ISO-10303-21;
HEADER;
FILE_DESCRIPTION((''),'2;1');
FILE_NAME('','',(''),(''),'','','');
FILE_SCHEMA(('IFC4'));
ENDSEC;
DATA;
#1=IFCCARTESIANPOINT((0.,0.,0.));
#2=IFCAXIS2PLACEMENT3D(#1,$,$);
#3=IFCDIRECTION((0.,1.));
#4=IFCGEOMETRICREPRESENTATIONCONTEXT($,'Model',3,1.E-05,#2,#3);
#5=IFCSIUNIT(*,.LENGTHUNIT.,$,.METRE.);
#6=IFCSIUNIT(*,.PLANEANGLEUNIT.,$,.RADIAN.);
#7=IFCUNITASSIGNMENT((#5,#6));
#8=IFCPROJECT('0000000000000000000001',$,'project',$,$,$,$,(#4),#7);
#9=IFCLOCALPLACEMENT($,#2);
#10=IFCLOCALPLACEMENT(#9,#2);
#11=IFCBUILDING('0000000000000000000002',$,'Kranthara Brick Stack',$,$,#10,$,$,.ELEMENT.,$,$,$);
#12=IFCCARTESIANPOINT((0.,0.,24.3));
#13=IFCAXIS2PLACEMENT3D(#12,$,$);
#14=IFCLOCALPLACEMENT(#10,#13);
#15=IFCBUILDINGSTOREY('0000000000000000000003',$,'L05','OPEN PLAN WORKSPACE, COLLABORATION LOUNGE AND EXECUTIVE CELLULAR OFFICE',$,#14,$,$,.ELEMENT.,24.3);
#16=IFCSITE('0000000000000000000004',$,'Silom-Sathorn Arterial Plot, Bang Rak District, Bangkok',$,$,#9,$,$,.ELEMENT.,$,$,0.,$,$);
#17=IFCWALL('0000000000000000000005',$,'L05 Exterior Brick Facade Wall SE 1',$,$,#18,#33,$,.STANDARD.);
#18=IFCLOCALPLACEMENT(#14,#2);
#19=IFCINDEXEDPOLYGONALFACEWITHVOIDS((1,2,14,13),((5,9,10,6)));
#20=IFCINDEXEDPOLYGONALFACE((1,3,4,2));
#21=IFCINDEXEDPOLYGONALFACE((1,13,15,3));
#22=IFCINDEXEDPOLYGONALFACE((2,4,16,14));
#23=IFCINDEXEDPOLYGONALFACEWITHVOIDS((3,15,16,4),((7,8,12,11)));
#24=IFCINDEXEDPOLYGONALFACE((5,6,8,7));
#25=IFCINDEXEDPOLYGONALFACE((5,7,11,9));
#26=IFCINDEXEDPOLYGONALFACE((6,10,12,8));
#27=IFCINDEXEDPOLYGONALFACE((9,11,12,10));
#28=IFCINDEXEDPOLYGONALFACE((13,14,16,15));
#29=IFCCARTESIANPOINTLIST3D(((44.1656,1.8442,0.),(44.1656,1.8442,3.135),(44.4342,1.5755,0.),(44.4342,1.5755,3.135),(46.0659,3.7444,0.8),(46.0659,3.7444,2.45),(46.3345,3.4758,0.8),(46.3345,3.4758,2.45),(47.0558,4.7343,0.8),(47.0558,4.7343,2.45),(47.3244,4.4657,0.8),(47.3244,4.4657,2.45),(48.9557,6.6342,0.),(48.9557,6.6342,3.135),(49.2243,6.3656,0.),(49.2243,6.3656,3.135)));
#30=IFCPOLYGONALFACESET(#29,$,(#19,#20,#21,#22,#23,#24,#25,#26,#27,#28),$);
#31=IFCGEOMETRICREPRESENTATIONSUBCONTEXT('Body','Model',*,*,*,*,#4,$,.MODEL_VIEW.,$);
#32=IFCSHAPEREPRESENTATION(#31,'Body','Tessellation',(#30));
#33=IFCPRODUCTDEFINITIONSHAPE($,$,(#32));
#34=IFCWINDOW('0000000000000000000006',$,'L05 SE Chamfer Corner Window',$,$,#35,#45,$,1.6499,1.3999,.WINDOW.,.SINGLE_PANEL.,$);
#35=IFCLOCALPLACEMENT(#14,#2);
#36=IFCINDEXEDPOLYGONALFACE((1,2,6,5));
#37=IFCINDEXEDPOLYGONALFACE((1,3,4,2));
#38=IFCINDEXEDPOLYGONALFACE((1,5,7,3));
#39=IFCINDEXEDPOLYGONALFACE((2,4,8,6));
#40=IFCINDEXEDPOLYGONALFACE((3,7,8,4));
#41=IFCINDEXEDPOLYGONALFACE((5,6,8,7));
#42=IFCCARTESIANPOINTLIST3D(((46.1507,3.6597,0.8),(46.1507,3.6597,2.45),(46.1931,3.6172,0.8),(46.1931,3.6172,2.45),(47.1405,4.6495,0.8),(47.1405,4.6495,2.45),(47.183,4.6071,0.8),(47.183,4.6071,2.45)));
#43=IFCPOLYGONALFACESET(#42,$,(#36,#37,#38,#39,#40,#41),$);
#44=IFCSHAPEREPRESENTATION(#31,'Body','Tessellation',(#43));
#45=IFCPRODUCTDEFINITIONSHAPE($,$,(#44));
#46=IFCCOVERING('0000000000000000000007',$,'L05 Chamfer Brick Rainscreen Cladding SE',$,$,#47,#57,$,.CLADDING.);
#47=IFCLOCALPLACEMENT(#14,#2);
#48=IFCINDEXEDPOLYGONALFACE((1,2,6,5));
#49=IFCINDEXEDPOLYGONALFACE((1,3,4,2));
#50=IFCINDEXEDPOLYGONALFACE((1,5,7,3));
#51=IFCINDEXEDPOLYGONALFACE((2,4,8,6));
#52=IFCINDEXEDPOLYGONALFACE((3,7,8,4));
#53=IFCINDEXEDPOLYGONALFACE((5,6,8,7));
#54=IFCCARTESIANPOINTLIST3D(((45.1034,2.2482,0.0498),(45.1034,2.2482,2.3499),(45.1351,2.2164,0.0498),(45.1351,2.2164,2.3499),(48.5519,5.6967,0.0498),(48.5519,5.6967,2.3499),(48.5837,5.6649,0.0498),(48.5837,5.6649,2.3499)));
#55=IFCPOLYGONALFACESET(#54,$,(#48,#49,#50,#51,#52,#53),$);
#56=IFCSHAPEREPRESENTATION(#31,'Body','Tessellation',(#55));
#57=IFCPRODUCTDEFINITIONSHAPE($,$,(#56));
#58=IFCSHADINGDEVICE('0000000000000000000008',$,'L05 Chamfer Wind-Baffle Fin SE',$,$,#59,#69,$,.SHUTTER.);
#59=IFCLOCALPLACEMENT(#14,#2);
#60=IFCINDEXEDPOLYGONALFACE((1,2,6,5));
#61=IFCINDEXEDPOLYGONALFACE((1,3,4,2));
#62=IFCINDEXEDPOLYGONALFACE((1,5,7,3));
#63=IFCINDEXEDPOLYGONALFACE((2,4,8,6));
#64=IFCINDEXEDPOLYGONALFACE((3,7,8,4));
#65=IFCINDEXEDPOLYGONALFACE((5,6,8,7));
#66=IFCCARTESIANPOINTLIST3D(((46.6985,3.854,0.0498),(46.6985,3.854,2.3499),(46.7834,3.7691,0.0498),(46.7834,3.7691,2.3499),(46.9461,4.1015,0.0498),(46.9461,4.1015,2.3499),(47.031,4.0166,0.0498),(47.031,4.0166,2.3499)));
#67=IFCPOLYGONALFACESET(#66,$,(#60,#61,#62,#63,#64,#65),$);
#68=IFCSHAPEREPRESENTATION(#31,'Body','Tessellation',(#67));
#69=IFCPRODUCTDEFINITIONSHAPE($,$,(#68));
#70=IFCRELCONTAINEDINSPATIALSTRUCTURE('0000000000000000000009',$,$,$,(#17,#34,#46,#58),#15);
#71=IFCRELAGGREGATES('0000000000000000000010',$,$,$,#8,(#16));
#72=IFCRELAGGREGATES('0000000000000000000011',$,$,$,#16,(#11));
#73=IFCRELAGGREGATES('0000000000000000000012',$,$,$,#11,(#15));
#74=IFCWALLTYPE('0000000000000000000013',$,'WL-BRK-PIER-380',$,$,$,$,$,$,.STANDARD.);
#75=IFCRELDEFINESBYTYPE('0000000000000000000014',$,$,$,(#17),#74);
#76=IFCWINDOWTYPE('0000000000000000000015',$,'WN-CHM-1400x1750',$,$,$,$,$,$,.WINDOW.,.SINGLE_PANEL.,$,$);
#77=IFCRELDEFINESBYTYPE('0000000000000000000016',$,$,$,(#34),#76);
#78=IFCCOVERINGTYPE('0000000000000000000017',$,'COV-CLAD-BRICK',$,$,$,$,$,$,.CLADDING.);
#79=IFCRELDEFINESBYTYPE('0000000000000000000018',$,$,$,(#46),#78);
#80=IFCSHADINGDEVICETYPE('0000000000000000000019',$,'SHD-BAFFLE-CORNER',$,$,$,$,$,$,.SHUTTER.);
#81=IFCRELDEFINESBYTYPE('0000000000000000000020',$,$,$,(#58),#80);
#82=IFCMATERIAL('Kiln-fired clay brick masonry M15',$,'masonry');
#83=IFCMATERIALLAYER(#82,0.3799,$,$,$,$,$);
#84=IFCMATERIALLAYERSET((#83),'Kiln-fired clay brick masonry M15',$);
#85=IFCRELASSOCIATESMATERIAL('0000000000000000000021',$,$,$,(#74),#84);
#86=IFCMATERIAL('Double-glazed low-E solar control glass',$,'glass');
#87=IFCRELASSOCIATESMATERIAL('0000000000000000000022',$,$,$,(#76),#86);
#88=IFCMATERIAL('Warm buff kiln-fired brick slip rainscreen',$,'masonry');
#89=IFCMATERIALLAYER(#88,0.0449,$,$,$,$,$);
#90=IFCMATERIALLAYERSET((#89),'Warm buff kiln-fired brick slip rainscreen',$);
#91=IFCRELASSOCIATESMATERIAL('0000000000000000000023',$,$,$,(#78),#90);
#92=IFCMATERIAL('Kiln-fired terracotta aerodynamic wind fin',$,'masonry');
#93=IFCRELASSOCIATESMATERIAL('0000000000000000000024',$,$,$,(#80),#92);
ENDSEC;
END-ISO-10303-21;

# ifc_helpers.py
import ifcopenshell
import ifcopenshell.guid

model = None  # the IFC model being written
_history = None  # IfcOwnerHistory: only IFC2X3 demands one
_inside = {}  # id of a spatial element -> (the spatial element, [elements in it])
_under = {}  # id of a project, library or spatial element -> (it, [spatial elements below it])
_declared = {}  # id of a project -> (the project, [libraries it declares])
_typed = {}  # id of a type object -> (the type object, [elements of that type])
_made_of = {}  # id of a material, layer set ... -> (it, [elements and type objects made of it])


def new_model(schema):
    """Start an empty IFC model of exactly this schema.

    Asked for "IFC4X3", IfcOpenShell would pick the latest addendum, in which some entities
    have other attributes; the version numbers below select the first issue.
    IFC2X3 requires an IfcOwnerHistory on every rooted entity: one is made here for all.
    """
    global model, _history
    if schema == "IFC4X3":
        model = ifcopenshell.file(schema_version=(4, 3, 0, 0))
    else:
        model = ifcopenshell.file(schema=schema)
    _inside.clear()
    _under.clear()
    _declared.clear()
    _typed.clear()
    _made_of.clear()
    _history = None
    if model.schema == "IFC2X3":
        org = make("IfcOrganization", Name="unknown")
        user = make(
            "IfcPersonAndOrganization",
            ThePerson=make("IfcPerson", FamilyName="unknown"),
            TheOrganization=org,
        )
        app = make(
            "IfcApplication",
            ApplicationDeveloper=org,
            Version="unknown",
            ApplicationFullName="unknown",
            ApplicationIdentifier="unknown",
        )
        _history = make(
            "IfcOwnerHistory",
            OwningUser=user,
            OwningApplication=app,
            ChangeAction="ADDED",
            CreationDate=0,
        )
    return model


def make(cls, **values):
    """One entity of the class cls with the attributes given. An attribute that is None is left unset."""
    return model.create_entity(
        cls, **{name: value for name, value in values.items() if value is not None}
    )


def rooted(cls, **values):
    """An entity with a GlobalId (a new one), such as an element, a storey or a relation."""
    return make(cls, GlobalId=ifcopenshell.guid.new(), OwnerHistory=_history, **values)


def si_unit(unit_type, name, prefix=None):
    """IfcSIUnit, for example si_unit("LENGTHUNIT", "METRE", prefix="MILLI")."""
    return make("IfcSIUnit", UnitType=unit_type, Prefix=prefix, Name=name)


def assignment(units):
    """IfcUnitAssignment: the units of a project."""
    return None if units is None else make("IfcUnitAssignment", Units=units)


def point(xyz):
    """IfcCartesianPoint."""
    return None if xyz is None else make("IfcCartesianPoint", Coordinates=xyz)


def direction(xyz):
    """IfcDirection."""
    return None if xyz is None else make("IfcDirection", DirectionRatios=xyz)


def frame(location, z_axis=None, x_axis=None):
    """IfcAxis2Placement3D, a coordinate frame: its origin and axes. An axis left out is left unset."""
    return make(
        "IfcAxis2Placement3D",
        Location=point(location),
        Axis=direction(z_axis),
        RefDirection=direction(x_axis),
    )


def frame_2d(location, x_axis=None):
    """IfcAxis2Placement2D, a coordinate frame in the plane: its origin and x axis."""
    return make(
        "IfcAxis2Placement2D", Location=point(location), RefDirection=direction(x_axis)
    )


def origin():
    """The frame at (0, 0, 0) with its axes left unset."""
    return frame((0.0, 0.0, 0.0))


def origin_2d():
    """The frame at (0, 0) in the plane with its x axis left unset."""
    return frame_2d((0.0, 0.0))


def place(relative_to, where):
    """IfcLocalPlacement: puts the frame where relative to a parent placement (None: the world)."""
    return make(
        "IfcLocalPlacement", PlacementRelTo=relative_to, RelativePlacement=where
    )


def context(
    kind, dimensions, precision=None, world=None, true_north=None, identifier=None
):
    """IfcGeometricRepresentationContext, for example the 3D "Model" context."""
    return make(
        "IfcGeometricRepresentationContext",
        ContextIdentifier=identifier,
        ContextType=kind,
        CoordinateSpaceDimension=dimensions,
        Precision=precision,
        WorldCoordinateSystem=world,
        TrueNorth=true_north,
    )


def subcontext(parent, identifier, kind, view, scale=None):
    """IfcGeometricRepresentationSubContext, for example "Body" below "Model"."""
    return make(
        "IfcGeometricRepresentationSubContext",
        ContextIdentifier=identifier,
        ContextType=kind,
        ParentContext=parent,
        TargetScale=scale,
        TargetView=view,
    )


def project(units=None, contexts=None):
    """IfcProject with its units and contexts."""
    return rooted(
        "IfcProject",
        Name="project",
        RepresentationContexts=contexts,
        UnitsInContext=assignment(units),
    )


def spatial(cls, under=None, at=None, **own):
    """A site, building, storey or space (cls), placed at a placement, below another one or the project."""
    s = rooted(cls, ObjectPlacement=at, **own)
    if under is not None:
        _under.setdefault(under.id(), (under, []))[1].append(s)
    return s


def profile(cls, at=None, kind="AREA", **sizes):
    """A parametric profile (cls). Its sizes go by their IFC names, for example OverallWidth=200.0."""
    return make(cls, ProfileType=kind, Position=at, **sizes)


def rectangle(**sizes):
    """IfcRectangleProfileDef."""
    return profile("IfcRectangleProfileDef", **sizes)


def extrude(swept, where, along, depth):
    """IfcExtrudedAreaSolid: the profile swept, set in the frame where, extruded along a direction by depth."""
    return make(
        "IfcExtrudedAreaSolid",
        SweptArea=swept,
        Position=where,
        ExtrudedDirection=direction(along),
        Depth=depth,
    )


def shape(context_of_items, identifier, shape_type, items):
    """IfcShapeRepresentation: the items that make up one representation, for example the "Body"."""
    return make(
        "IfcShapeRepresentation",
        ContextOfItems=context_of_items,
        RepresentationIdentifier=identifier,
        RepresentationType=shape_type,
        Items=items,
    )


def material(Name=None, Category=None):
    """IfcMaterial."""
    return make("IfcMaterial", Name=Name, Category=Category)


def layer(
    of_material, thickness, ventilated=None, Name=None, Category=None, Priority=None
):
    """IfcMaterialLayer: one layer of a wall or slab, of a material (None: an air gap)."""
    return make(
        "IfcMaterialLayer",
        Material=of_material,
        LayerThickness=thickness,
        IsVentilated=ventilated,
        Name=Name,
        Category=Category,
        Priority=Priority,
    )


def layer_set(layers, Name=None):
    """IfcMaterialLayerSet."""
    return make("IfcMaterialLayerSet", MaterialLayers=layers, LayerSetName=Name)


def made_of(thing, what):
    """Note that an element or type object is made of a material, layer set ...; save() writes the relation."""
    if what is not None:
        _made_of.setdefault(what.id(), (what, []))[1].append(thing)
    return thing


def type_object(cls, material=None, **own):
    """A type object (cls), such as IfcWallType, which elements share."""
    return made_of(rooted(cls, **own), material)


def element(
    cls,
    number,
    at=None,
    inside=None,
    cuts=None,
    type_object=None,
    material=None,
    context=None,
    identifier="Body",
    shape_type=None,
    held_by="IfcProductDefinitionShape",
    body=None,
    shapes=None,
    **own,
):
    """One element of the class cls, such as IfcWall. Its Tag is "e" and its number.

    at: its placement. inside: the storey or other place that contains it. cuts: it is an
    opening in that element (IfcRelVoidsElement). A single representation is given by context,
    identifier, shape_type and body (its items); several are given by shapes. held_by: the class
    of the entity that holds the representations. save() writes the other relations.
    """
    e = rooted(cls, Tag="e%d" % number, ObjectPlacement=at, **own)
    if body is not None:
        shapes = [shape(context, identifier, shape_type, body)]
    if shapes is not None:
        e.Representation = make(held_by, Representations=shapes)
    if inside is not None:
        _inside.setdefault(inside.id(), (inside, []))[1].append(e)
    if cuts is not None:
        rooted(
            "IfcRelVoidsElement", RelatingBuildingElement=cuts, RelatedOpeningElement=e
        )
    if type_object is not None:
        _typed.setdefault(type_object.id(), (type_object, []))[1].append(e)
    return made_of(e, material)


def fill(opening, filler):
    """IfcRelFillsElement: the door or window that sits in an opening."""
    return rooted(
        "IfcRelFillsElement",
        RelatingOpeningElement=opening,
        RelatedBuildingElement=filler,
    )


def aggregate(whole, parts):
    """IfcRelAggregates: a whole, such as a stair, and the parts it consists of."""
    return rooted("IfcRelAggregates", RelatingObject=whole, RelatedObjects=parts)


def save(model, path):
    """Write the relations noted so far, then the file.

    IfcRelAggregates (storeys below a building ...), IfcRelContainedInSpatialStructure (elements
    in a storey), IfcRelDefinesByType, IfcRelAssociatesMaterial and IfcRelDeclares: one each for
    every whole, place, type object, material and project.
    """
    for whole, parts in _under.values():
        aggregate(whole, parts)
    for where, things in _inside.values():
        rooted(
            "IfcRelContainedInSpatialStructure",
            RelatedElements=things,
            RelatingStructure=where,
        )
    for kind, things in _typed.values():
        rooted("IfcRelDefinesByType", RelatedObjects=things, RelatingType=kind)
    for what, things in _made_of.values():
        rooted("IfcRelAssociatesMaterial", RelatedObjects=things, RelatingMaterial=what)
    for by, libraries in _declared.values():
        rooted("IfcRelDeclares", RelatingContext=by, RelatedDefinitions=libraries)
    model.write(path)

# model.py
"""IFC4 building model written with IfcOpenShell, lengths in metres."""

from ifc_helpers import new_model, si_unit, direction, frame, frame_2d, origin, origin_2d, place, context, subcontext, project, spatial, rectangle, extrude, material, layer, layer_set, type_object, element, fill, save


model = new_model("IFC4")

# Units and contexts
model_context = context("Model", 3, precision=1e-05, world=origin(), true_north=direction((0.0, 1.0)))
body_context = subcontext(model_context, "Body", "Model", "MODEL_VIEW")
ifc_project = project(units=[si_unit("LENGTHUNIT", "METRE"), si_unit("PLANEANGLEUNIT", "RADIAN")], contexts=[model_context])

# Site, building, storey
site_placement = place(None, origin())
site = spatial("IfcSite", under=ifc_project, at=site_placement, Name="Silom-Sathorn Arterial Plot, Bang Rak District, Bangkok", CompositionType="ELEMENT", RefElevation=0.0)
building_placement = place(site_placement, origin())
building = spatial("IfcBuilding", under=site, at=building_placement, Name="Kranthara Brick Stack", CompositionType="ELEMENT")
storey_placement = place(building_placement, frame((0.0, 0.0, 24.3)))
storey = spatial("IfcBuildingStorey", under=building, at=storey_placement, Name="L05", Description="OPEN PLAN WORKSPACE, COLLABORATION LOUNGE AND EXECUTIVE CELLULAR OFFICE", CompositionType="ELEMENT", Elevation=24.3)

# Shared definitions
ifc_material_1 = material(Name="Kiln-fired clay brick masonry M15", Category="masonry")
ifc_layer_1 = layer(ifc_material_1, 0.3799)
ifc_layer_set_1 = layer_set([ifc_layer_1], Name="Kiln-fired clay brick masonry M15")
wall_type = type_object("IfcWallType", Name="WL-BRK-PIER-380", PredefinedType="STANDARD", material=ifc_layer_set_1)

# Wall, opening, window
wall_1_placement = place(storey_placement, frame((49.0901, 6.5, 0.0), z_axis=(0.0, 0.0, 1.0), x_axis=(-0.707107, -0.707107, 0.0)))
wall_1 = element("IfcWall", 1, at=wall_1_placement, inside=storey, type_object=wall_type, Name="L05 Exterior Brick Facade Wall SE 1", PredefinedType="STANDARD", context=body_context, shape_type="SweptSolid", body=[
    extrude(rectangle(XDim=6.7742, YDim=0.3799, at=frame_2d((3.3872, 0.0))), origin(), (0.0, 0.0, 1.0), 3.135),
])
opening_1_placement = place(wall_1_placement, frame((2.687, 0.0, 0.8)))
opening_1 = element("IfcOpeningElement", 2, at=opening_1_placement, cuts=wall_1, PredefinedType="OPENING", context=body_context, shape_type="SweptSolid", body=[
    extrude(rectangle(XDim=1.3999, YDim=1.6499, at=frame_2d((0.7, 0.825))), frame((0.0, 0.2, 0.0), z_axis=(0.0, -1.0, 0.0), x_axis=(1.0, 0.0, 0.0)), (0.0, 0.0, 1.0), 0.3999),
])
ifc_material_2 = material(Name="Double-glazed low-E solar control glass", Category="glass")
window_type_1 = type_object("IfcWindowType", Name="WN-CHM-1400x1750", PartitioningType="SINGLE_PANEL", PredefinedType="WINDOW", material=ifc_material_2)
window_1_placement = place(opening_1_placement, origin())
window_1 = element("IfcWindow", 3, at=window_1_placement, inside=storey, type_object=window_type_1, Name="L05 SE Chamfer Corner Window", OverallHeight=1.6499, OverallWidth=1.3999, PartitioningType="SINGLE_PANEL", PredefinedType="WINDOW", context=body_context, shape_type="SweptSolid", body=[
    extrude(rectangle(XDim=1.3999, YDim=1.6499, at=frame_2d((0.7, 0.825))), frame((0.0, -0.01, 0.0), z_axis=(0.0, -1.0, 0.0), x_axis=(1.0, 0.0, 0.0)), (0.0, 0.0, 1.0), 0.0601),
])
fill(opening_1, window_1)

# Covering
ifc_material_3 = material(Name="Warm buff kiln-fired brick slip rainscreen", Category="masonry")
ifc_layer_2 = layer(ifc_material_3, 0.0449)
ifc_layer_set_2 = layer_set([ifc_layer_2], Name="Warm buff kiln-fired brick slip rainscreen")
covering_type = type_object("IfcCoveringType", Name="COV-CLAD-BRICK", PredefinedType="CLADDING", material=ifc_layer_set_2)
covering_placement = place(storey_placement, frame((46.8435, 3.9565, 0.0498), z_axis=(0.0, 0.0, 1.0), x_axis=(-0.707107, -0.707107, 0.0)))
element("IfcCovering", 4, at=covering_placement, inside=storey, type_object=covering_type, Name="L05 Chamfer Brick Rainscreen Cladding SE", PredefinedType="CLADDING", context=body_context, shape_type="SweptSolid", body=[
    extrude(rectangle(XDim=4.877, YDim=0.0449, at=origin_2d()), origin(), (0.0, 0.0, 1.0), 2.3),
])

# Shading device
ifc_material_4 = material(Name="Kiln-fired terracotta aerodynamic wind fin", Category="masonry")
shading_device_type = type_object("IfcShadingDeviceType", Name="SHD-BAFFLE-CORNER", PredefinedType="SHUTTER", material=ifc_material_4)
shading_device_placement = place(storey_placement, frame((46.8647, 3.9353, 0.0498), z_axis=(0.0, 0.0, 1.0), x_axis=(-0.707107, -0.707107, 0.0)))
element("IfcShadingDevice", 5, at=shading_device_placement, inside=storey, type_object=shading_device_type, Name="L05 Chamfer Wind-Baffle Fin SE", PredefinedType="SHUTTER", context=body_context, shape_type="SweptSolid", body=[
    extrude(rectangle(XDim=0.3501, YDim=0.1201, at=origin_2d()), origin(), (0.0, 0.0, 1.0), 2.3),
])

save(model, "model.ifc")
